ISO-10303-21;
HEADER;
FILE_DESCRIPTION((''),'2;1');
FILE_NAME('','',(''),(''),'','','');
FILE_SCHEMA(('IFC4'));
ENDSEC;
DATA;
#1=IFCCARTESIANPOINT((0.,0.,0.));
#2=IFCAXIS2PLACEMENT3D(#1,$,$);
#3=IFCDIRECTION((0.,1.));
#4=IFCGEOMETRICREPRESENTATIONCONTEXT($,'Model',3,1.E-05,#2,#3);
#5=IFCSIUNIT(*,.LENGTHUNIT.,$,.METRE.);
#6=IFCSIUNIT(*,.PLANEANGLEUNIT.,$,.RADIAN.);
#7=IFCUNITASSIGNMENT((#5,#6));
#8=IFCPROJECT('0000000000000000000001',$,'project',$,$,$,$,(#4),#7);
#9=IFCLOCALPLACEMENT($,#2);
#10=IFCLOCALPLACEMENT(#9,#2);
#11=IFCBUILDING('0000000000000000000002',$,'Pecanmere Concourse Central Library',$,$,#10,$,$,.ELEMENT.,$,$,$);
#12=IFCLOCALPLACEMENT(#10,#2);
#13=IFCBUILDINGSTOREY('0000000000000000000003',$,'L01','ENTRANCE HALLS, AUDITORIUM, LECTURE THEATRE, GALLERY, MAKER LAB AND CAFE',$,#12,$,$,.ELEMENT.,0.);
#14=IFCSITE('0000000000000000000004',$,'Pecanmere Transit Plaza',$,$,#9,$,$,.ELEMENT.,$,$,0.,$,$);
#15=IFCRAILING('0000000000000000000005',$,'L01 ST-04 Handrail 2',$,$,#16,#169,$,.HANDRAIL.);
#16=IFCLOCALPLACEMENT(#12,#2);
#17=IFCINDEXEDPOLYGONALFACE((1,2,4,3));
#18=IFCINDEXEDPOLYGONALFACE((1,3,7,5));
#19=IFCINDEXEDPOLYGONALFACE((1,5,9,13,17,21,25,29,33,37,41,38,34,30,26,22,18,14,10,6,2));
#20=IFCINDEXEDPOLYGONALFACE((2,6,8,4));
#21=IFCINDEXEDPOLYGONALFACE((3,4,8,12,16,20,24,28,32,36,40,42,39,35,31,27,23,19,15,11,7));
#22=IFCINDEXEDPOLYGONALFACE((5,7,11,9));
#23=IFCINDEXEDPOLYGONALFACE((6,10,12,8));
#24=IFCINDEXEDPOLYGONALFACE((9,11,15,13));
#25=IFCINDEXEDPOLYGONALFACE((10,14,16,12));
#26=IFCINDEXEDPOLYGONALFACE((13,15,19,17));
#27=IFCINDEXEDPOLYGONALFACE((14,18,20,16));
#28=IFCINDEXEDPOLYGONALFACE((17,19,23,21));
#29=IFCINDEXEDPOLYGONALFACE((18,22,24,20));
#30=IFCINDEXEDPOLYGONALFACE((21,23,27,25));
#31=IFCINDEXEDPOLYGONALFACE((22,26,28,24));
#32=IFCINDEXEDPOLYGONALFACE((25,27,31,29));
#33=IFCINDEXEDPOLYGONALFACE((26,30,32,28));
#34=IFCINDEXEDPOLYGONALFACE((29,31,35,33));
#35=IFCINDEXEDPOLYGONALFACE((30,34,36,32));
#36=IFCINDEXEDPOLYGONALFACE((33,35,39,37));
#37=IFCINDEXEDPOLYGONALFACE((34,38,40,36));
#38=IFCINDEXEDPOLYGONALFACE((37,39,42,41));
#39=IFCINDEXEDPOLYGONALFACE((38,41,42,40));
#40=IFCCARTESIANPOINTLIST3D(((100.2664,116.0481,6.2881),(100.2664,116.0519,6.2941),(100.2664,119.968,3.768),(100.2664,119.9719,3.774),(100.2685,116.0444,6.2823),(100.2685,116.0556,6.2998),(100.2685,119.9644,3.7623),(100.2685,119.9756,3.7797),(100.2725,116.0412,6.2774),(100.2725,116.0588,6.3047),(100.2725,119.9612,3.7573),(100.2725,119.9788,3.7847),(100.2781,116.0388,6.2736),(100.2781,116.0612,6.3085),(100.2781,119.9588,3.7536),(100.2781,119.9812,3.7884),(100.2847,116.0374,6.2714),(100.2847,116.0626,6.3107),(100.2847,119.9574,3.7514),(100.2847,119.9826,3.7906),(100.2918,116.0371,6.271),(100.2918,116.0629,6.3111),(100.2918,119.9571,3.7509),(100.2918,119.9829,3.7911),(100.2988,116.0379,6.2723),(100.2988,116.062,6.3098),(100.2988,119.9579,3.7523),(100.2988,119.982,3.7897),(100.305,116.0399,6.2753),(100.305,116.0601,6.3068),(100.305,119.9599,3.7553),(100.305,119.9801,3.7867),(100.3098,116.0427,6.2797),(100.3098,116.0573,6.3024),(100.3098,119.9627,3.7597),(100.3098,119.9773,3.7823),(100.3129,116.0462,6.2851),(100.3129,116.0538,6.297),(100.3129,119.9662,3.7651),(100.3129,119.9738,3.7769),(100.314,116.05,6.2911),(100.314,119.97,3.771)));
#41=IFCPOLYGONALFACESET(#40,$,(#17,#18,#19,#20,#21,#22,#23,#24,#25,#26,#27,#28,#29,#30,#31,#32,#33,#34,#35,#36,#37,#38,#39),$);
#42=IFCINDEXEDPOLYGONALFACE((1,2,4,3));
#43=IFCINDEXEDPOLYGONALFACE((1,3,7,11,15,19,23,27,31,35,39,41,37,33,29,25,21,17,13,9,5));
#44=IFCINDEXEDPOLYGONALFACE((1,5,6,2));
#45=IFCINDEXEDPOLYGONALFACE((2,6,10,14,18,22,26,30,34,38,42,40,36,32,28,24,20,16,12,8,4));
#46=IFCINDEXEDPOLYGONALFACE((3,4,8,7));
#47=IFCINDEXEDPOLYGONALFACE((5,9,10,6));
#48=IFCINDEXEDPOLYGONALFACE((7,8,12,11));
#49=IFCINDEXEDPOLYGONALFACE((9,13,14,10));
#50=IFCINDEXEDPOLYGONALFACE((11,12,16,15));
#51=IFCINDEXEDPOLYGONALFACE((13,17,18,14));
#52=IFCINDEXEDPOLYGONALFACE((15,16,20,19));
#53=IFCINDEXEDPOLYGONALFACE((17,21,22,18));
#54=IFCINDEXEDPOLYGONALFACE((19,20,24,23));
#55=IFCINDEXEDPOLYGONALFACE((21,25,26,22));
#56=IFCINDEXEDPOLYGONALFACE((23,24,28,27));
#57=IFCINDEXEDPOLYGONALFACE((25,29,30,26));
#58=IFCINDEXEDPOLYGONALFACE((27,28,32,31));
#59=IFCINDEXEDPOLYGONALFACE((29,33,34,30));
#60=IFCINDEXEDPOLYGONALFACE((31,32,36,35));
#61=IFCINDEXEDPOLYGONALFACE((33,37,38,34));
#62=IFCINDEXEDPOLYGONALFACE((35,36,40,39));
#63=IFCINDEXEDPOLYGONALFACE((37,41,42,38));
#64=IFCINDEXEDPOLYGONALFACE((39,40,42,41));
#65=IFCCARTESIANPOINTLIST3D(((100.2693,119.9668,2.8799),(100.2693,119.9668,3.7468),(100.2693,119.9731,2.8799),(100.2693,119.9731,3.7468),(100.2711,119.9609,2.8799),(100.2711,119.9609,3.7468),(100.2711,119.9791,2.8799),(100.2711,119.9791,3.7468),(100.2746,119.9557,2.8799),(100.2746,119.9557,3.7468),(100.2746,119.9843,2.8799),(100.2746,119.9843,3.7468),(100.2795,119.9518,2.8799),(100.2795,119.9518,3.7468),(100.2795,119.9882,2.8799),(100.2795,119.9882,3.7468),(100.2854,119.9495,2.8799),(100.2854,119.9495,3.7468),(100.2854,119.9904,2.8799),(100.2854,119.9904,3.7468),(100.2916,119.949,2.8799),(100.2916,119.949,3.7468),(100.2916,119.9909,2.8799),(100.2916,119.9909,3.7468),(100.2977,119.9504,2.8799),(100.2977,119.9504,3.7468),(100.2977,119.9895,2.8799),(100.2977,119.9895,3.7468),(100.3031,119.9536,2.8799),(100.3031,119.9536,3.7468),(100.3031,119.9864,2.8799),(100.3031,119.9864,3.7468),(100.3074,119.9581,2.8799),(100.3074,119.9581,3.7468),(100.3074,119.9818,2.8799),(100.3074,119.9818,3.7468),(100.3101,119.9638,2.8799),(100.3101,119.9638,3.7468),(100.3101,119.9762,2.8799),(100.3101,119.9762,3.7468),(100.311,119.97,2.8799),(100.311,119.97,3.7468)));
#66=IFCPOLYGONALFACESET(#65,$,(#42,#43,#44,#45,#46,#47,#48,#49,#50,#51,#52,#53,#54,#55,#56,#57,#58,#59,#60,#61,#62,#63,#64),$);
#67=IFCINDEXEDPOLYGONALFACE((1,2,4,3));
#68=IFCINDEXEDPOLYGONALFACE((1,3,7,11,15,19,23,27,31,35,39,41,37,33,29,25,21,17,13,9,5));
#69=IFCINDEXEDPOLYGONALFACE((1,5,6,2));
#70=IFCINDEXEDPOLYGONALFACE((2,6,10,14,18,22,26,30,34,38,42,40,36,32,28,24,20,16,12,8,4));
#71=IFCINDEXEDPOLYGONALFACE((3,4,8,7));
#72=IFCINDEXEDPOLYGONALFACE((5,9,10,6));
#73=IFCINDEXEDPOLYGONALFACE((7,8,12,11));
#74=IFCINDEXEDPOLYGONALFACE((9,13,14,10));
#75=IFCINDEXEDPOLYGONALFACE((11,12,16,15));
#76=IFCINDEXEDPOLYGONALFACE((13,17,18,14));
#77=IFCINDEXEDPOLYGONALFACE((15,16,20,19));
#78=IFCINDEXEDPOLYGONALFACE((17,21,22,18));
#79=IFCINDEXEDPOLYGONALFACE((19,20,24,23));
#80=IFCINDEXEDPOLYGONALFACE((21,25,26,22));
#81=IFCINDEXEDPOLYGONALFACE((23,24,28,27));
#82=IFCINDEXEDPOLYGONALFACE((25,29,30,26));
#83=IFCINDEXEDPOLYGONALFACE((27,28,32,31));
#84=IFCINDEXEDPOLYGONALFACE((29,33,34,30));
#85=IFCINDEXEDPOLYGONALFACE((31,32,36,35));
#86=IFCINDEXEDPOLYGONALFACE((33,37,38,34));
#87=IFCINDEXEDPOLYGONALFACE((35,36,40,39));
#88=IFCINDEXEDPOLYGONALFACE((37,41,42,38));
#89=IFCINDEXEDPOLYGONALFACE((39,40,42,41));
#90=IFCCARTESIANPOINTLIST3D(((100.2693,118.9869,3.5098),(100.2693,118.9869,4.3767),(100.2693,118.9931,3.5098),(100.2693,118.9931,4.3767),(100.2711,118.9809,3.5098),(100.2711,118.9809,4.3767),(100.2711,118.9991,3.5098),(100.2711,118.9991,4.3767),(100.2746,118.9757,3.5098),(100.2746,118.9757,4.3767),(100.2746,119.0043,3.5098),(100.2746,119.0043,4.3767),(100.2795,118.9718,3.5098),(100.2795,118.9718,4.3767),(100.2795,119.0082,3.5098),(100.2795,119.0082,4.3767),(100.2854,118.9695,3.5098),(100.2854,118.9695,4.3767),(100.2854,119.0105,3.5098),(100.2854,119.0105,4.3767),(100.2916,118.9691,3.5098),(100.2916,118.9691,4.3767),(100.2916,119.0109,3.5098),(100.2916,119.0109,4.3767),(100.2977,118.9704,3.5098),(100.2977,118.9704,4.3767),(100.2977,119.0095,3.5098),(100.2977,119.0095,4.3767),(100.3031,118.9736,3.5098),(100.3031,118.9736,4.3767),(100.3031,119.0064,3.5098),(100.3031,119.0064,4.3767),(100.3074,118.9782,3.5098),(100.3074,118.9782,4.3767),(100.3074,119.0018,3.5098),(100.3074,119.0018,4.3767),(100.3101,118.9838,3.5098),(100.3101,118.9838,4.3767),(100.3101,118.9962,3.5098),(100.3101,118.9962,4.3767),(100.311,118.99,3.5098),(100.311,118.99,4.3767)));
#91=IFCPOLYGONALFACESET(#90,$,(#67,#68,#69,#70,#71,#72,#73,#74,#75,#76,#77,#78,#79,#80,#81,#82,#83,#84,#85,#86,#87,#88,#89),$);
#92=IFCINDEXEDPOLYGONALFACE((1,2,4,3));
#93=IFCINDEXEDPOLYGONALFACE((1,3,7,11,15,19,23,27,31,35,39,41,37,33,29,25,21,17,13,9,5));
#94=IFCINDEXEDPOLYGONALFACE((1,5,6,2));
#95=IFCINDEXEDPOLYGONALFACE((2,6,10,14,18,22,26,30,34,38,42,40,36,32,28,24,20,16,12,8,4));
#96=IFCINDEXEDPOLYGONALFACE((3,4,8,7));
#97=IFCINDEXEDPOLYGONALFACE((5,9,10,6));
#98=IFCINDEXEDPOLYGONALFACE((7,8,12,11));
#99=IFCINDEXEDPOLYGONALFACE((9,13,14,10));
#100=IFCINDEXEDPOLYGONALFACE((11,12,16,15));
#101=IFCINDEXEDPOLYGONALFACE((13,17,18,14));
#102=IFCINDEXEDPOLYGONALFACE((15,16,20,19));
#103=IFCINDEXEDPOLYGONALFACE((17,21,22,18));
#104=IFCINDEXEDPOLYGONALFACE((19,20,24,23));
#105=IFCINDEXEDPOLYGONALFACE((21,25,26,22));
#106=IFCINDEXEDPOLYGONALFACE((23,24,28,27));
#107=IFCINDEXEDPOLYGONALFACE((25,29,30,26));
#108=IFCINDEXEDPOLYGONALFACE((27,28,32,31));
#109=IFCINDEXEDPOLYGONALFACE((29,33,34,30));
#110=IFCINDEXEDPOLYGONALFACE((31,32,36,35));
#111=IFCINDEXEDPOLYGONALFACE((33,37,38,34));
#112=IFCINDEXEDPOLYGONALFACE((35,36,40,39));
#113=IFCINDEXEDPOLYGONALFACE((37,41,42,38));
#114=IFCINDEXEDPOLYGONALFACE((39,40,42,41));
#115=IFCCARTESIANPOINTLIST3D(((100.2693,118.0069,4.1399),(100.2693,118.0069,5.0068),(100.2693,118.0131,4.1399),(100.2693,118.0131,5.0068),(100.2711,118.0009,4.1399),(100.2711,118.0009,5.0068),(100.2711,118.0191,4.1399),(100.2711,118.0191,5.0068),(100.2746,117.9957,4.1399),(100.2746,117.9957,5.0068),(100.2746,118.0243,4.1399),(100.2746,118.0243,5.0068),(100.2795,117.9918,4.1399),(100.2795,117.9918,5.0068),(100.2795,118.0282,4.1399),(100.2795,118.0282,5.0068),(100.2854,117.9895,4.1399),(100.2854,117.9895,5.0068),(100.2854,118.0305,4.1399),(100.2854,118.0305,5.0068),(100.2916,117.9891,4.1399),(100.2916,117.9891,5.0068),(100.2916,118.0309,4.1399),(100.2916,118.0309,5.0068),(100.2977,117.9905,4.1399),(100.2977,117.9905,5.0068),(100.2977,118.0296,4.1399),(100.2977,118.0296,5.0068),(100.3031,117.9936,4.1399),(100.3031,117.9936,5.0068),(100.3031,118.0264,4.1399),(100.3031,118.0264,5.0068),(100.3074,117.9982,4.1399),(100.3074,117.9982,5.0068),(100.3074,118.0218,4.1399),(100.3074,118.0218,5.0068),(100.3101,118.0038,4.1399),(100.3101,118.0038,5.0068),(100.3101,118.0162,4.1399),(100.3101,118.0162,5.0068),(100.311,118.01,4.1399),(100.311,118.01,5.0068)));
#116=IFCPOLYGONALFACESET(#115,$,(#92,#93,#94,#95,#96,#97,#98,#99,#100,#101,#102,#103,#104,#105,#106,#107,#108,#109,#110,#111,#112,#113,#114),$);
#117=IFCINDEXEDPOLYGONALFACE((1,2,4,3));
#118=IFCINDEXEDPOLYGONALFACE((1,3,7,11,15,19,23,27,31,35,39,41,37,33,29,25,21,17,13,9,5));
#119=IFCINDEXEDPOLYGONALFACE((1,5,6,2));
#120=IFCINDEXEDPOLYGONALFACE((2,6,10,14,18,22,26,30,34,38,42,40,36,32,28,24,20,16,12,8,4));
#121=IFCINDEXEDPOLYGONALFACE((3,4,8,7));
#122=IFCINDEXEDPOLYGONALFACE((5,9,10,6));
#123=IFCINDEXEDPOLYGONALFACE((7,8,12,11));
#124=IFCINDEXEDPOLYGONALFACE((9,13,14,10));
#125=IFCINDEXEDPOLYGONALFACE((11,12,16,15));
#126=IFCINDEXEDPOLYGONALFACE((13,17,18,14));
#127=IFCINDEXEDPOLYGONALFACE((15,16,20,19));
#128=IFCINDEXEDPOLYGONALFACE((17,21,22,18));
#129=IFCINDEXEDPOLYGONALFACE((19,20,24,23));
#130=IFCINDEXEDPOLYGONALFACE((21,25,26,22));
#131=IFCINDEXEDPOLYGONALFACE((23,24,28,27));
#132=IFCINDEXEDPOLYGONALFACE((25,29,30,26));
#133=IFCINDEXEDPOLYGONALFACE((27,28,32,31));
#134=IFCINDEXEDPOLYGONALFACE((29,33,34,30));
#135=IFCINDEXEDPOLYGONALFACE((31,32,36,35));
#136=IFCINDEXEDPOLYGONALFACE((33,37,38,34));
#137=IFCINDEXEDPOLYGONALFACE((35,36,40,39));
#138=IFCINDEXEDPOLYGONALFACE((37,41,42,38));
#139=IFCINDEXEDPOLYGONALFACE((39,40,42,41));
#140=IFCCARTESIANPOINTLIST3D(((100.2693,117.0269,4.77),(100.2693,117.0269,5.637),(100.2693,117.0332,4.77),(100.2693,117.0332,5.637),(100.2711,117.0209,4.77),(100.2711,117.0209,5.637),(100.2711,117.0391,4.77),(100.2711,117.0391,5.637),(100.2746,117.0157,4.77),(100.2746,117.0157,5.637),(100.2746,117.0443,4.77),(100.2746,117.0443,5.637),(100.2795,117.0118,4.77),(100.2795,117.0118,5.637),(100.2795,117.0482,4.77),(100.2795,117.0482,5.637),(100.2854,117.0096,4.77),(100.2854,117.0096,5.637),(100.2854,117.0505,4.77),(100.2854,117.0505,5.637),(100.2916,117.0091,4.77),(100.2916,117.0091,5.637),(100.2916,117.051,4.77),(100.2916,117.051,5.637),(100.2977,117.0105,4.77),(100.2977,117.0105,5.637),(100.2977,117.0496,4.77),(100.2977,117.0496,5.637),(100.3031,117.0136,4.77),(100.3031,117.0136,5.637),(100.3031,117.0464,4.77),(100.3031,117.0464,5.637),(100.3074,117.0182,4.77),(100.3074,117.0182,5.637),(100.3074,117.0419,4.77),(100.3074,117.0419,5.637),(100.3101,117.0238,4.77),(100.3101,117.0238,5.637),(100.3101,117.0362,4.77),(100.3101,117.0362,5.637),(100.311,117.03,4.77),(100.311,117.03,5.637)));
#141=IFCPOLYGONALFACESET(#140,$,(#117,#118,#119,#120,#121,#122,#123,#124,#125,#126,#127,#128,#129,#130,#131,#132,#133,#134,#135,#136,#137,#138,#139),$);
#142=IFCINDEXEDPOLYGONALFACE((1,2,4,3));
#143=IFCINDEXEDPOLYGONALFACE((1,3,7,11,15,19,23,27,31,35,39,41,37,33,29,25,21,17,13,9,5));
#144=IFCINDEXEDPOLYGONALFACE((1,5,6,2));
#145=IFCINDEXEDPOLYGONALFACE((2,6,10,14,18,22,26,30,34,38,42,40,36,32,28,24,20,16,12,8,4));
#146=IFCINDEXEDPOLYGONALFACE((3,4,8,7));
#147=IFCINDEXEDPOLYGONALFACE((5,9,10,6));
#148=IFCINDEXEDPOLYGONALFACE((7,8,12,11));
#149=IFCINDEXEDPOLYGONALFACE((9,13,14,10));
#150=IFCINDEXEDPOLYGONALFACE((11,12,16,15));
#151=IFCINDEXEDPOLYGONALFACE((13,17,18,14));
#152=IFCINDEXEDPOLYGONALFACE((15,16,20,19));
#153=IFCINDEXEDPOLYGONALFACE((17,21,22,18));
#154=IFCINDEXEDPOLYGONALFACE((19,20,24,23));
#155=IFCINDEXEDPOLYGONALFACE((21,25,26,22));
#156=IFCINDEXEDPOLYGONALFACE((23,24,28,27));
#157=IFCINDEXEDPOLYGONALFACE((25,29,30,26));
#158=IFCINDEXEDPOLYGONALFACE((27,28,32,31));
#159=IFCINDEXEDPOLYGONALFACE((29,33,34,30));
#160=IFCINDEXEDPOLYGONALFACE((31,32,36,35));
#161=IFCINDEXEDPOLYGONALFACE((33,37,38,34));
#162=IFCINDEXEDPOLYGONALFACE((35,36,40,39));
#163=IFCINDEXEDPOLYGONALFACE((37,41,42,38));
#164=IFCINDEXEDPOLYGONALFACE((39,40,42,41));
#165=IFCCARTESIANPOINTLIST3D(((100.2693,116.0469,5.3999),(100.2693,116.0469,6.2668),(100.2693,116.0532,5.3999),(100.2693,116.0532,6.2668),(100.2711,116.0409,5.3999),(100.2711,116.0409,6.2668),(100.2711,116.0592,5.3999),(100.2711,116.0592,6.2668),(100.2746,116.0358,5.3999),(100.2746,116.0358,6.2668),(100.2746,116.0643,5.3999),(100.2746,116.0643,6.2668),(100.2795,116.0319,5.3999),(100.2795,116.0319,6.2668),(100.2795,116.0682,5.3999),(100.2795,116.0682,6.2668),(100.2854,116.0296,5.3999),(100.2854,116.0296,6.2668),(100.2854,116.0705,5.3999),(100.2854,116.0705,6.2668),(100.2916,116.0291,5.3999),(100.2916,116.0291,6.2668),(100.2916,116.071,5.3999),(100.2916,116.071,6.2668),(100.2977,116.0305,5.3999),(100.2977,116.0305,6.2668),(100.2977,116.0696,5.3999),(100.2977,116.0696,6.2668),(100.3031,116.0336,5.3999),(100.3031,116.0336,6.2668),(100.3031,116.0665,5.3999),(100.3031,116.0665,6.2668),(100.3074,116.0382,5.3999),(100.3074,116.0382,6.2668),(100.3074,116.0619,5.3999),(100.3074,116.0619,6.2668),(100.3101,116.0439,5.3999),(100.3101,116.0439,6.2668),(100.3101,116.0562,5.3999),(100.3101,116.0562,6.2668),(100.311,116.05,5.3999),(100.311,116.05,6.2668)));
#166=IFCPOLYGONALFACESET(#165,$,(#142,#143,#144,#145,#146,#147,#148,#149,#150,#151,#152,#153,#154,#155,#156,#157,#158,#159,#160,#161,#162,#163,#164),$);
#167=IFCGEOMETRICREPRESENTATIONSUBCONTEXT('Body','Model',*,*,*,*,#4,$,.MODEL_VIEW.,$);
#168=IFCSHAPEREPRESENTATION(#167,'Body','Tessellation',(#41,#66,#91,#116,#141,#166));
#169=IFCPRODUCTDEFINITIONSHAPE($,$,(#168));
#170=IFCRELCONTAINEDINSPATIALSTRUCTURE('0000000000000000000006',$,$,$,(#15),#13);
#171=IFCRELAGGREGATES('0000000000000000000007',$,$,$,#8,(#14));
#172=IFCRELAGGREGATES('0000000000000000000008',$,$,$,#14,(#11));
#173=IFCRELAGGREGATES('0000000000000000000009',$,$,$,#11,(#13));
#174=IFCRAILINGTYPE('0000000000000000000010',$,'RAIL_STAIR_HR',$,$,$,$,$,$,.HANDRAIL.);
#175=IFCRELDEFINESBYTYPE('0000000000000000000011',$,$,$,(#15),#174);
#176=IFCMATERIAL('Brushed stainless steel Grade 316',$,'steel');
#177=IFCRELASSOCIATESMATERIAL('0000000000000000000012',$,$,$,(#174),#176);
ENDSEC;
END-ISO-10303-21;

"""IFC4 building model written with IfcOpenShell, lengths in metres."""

from ifc_helpers import new_model, si_unit, direction, frame, origin, origin_2d, place, context, subcontext, project, spatial, circle, extrude, material, type_object, element, save


model = new_model("IFC4")

# Units and contexts
model_context = context("Model", 3, precision=1e-05, world=origin(), true_north=direction((0.0, 1.0)))
body_context = subcontext(model_context, "Body", "Model", "MODEL_VIEW")
ifc_project = project(units=[si_unit("LENGTHUNIT", "METRE"), si_unit("PLANEANGLEUNIT", "RADIAN")], contexts=[model_context])

# Site, building, storey
site_placement = place(None, origin())
site = spatial("IfcSite", under=ifc_project, at=site_placement, Name="Pecanmere Transit Plaza", CompositionType="ELEMENT", RefElevation=0.0)
building_placement = place(site_placement, origin())
building = spatial("IfcBuilding", under=site, at=building_placement, Name="Pecanmere Concourse Central Library", CompositionType="ELEMENT")
storey_placement = place(building_placement, origin())
storey = spatial("IfcBuildingStorey", under=building, at=storey_placement, Name="L01", Description="ENTRANCE HALLS, AUDITORIUM, LECTURE THEATRE, GALLERY, MAKER LAB AND CAFE", CompositionType="ELEMENT", Elevation=0.0)

# Railing
ifc_material_1 = material(Name="Brushed stainless steel Grade 316", Category="steel")
railing_type_1 = type_object("IfcRailingType", Name="RAIL_STAIR_HR", PredefinedType="HANDRAIL", material=ifc_material_1)
railing_1_placement = place(storey_placement, frame((100.29, 119.97, 2.8799)))
element("IfcRailing", 1, at=railing_1_placement, inside=storey, type_object=railing_type_1, Name="L01 ST-04 Handrail 2", PredefinedType="HANDRAIL", context=body_context, shape_type="SweptSolid", body=[
    extrude(circle(Radius=0.0239, at=origin_2d()), frame((0.0, 0.0, 0.8911), z_axis=(0.0, -0.841172, 0.540768), x_axis=(1.0, 0.0, 0.0)), (0.0, 0.0, 1.0), 4.6602),
    extrude(circle(Radius=0.021, at=origin_2d()), origin(), (0.0, 0.0, 1.0), 0.8669),
    extrude(circle(Radius=0.021, at=origin_2d()), frame((0.0, -0.98, 0.6299)), (0.0, 0.0, 1.0), 0.8669),
    extrude(circle(Radius=0.021, at=origin_2d()), frame((0.0, -1.96, 1.26)), (0.0, 0.0, 1.0), 0.8669),
    extrude(circle(Radius=0.021, at=origin_2d()), frame((0.0, -2.9399, 1.8901)), (0.0, 0.0, 1.0), 0.8669),
    extrude(circle(Radius=0.021, at=origin_2d()), frame((0.0, -3.9199, 2.52)), (0.0, 0.0, 1.0), 0.8669),
])

save(model, "model.ifc")
